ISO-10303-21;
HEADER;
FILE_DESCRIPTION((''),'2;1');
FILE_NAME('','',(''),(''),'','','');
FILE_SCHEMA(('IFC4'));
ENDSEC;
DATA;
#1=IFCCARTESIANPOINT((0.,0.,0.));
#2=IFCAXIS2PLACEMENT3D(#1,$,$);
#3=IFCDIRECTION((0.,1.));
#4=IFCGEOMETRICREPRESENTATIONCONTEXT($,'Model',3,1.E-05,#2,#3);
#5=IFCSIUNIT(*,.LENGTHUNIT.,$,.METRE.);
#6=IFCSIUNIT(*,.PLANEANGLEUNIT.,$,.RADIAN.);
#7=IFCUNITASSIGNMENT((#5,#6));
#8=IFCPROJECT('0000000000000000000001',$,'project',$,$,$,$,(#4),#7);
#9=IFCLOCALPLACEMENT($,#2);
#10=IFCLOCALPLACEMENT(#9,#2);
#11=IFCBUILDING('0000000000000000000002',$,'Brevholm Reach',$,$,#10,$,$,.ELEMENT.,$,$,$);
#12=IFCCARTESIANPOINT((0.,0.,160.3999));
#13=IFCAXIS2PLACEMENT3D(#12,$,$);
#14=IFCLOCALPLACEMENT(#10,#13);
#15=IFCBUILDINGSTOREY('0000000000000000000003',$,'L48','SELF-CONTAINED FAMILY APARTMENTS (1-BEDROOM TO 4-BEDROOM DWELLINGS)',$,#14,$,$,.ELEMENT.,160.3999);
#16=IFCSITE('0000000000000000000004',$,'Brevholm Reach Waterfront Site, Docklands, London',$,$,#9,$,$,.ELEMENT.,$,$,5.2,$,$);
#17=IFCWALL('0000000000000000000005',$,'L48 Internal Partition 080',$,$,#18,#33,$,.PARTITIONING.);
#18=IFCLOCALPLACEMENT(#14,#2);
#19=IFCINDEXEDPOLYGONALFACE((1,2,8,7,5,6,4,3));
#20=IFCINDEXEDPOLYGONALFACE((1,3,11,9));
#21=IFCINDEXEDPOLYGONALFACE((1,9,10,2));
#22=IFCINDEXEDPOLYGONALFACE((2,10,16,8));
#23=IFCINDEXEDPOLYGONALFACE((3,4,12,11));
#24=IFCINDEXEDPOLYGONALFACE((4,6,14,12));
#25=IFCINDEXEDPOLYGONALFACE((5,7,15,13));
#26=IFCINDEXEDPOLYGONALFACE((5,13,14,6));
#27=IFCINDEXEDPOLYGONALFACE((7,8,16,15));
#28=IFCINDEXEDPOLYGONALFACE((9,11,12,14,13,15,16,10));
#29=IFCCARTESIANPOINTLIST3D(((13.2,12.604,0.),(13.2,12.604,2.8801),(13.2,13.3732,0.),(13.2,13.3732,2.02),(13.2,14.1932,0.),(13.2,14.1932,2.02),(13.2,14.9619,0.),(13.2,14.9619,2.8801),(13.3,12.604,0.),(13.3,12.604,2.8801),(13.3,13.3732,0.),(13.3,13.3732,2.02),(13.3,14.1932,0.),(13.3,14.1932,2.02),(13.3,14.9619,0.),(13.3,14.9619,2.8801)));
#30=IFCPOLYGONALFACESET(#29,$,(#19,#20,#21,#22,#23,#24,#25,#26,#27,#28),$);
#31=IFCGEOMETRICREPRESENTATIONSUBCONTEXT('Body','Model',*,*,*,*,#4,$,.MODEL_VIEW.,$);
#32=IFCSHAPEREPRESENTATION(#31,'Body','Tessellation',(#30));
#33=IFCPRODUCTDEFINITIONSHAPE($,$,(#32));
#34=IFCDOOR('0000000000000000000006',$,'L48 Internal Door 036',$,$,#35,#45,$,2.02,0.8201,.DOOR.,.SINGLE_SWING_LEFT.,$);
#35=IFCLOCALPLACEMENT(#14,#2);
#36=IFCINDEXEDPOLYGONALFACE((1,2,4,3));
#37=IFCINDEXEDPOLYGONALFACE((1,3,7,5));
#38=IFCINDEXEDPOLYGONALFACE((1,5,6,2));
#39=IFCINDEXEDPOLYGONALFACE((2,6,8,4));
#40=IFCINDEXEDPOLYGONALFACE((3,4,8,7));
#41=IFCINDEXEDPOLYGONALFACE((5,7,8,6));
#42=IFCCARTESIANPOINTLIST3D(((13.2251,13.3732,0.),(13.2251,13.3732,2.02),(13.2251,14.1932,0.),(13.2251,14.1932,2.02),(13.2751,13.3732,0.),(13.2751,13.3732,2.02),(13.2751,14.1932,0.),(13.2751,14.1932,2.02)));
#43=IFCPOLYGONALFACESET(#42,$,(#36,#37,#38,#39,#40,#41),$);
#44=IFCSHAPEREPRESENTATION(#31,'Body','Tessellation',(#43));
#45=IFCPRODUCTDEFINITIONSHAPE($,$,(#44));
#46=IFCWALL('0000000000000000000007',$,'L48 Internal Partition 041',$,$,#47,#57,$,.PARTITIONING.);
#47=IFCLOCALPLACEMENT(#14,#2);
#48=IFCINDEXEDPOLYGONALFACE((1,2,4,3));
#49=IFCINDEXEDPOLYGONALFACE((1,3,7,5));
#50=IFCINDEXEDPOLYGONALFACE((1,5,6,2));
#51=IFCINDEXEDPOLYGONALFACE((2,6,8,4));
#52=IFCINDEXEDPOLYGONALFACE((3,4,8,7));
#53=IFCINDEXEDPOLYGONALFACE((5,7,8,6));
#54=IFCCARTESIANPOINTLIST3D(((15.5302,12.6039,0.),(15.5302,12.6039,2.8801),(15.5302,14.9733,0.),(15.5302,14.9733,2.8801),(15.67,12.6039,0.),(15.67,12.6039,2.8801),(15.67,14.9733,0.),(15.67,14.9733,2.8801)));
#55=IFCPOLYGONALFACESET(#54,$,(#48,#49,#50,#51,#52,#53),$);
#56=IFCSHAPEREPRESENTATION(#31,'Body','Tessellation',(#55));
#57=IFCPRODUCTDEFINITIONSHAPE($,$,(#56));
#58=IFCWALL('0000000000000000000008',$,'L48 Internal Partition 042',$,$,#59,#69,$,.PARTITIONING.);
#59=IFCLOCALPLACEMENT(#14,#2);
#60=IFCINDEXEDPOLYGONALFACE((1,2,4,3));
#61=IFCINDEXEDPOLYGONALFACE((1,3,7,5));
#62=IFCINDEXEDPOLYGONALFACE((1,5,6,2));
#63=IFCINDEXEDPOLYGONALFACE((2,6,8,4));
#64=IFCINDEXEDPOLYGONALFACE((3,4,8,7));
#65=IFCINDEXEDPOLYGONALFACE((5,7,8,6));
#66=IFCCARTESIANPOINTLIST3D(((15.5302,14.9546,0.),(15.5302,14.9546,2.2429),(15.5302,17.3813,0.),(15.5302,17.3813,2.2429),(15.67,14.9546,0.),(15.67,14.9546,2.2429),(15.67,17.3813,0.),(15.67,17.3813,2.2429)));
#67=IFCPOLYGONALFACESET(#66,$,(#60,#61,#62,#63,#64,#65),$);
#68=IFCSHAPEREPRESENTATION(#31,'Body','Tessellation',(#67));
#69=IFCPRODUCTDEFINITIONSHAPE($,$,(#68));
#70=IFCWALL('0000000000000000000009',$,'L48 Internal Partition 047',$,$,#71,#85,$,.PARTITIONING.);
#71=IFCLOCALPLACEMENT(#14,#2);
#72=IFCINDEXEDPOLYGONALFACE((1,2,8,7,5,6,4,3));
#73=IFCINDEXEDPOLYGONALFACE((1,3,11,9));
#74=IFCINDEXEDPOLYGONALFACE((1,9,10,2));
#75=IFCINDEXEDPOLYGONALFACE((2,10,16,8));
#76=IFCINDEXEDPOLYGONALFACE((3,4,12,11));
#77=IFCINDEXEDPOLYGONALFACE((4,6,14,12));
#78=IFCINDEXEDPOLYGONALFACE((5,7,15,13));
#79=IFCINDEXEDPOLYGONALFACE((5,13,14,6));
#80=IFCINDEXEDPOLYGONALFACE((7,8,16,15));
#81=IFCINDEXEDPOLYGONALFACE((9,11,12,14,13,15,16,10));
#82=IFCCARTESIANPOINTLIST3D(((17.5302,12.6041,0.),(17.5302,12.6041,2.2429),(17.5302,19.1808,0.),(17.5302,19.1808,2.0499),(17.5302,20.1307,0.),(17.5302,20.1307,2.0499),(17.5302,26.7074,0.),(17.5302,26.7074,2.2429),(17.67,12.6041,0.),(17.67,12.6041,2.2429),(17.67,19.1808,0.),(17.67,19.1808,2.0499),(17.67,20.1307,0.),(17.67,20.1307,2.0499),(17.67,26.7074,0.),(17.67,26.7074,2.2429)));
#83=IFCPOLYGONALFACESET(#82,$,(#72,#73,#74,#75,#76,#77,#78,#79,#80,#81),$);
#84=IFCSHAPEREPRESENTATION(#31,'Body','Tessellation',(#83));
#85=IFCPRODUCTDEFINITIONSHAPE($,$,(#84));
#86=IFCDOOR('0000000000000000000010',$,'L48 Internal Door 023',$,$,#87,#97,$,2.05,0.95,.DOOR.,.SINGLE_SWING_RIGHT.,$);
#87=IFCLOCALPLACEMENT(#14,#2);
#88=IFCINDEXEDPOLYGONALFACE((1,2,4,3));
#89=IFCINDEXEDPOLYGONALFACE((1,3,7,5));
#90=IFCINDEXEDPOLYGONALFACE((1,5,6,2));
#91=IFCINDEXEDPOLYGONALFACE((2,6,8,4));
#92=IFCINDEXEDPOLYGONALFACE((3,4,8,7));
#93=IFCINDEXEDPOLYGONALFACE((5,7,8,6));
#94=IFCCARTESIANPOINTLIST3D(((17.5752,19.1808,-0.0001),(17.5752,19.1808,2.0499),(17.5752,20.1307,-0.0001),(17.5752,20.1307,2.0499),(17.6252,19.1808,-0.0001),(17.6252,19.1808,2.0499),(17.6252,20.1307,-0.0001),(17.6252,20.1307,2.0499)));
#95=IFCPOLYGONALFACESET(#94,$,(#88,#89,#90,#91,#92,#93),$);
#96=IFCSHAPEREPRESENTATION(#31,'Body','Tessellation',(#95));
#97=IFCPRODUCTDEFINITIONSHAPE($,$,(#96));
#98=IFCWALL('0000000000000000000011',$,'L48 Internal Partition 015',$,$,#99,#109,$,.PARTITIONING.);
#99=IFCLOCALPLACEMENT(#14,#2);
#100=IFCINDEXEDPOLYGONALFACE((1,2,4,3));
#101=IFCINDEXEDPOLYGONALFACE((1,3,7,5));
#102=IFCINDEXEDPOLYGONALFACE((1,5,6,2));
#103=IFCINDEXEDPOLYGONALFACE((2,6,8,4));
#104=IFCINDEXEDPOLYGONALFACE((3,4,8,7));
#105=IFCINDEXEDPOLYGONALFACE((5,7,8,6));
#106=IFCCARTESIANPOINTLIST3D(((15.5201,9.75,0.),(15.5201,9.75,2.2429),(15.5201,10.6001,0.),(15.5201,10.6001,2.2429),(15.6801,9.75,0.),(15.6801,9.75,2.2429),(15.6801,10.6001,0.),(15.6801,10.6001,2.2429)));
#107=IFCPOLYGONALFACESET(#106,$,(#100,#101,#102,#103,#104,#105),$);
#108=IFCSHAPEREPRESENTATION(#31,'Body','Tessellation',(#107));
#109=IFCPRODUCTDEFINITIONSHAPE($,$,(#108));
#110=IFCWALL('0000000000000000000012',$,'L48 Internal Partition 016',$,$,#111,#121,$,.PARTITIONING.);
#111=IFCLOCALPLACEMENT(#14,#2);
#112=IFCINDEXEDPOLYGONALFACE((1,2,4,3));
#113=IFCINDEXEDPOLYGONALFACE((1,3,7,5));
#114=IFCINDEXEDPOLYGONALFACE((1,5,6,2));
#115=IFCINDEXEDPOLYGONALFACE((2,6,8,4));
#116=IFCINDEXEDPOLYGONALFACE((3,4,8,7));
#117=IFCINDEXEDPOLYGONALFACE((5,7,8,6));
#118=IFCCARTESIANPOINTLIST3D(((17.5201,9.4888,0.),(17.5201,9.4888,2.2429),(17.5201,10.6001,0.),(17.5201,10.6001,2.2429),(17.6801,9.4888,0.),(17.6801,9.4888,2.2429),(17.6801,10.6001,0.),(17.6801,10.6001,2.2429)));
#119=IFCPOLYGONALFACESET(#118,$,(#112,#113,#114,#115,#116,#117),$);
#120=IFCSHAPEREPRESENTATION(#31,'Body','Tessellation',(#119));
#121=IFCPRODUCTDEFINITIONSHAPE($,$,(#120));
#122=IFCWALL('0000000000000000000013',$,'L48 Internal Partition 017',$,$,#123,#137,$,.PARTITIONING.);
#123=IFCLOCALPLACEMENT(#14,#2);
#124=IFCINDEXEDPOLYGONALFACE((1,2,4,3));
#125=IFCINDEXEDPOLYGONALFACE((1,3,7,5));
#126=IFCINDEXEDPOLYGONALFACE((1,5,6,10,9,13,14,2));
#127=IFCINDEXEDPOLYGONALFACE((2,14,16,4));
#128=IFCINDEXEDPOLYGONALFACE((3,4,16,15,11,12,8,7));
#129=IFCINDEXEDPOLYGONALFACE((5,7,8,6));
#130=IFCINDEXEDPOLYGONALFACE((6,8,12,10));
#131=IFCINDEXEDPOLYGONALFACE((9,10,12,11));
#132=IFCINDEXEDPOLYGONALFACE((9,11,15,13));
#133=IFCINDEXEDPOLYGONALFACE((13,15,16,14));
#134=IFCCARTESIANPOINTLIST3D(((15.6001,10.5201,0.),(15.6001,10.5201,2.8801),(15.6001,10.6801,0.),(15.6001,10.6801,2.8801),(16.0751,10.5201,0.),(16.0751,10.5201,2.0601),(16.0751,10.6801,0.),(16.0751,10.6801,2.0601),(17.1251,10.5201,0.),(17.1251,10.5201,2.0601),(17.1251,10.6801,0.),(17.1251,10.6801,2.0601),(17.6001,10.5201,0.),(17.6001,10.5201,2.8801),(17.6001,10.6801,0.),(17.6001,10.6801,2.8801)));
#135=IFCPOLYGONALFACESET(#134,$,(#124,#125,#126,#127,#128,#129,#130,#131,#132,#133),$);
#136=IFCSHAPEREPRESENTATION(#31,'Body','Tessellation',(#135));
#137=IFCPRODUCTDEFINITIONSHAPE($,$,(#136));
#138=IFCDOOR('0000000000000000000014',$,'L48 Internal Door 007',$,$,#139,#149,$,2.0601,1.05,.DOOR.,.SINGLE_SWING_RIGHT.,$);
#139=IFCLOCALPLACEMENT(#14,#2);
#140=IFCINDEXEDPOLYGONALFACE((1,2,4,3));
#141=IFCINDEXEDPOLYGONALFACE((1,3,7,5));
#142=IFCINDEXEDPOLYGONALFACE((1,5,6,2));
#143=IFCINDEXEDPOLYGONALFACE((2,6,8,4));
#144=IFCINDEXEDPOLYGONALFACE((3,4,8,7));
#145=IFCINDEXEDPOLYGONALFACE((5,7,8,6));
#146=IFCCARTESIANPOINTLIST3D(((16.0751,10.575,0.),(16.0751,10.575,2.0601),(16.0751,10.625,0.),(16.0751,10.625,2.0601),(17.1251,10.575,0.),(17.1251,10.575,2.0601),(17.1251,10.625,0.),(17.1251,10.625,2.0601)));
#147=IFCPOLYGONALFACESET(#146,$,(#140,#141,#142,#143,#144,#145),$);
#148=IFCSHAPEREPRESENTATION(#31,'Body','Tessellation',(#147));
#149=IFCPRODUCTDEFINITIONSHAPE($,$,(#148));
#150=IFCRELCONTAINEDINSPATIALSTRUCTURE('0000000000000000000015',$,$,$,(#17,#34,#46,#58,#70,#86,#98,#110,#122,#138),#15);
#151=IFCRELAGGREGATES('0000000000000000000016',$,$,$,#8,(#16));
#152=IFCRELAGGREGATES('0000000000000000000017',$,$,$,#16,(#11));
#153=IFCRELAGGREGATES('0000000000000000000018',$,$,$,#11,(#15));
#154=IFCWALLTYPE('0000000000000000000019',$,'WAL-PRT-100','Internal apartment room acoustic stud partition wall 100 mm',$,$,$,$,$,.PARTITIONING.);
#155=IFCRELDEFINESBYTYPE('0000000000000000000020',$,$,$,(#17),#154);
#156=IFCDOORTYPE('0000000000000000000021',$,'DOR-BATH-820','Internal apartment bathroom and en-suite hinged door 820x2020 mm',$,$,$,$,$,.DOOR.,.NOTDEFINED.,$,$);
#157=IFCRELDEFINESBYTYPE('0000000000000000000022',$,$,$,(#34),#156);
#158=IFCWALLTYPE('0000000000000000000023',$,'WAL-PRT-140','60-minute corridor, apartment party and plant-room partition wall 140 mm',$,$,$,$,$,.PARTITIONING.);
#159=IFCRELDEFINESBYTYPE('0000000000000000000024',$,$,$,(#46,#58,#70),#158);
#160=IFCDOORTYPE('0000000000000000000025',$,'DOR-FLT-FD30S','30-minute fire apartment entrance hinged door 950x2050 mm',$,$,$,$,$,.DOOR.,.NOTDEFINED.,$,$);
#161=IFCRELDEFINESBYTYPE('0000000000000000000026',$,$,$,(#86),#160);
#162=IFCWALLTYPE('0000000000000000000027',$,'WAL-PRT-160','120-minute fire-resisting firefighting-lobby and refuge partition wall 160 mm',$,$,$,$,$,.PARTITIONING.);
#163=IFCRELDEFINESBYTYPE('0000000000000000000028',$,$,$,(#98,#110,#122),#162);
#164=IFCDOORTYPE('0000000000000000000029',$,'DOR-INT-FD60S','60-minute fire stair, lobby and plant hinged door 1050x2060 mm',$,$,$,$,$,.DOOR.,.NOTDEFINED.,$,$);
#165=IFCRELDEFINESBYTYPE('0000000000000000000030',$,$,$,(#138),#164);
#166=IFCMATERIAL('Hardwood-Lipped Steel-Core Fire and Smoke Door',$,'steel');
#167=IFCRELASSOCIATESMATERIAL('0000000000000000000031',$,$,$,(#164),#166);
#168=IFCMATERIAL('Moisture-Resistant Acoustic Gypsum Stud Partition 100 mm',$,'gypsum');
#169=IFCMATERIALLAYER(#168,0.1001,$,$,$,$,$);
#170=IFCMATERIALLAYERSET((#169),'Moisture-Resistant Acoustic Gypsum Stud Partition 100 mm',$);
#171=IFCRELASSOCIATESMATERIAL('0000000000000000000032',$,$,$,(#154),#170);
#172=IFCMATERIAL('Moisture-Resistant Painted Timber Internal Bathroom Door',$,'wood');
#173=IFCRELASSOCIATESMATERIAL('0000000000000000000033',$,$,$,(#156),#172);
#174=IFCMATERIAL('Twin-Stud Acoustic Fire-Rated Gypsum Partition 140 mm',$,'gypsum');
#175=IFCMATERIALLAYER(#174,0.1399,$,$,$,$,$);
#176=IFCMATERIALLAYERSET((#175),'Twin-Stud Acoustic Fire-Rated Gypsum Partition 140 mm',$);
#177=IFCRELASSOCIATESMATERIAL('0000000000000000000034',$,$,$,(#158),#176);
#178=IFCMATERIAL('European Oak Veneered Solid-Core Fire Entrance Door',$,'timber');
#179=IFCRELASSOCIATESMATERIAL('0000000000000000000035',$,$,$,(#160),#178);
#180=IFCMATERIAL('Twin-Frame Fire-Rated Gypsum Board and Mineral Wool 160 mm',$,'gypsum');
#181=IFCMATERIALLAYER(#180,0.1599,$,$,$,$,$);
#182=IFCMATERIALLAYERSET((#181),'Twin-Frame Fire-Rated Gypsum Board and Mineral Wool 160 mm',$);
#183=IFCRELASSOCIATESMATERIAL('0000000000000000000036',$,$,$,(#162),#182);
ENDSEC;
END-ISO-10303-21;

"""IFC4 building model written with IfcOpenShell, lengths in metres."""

from ifc_helpers import new_model, si_unit, direction, frame, frame_2d, origin, place, context, subcontext, project, spatial, rectangle, extrude, material, layer, layer_set, type_object, element, fill, save


model = new_model("IFC4")

# Units and contexts
model_context = context("Model", 3, precision=1e-05, world=origin(), true_north=direction((0.0, 1.0)))
body_context = subcontext(model_context, "Body", "Model", "MODEL_VIEW")
ifc_project = project(units=[si_unit("LENGTHUNIT", "METRE"), si_unit("PLANEANGLEUNIT", "RADIAN")], contexts=[model_context])

# Site, building, storey
site_placement = place(None, origin())
site = spatial("IfcSite", under=ifc_project, at=site_placement, Name="Brevholm Reach Waterfront Site, Docklands, London", CompositionType="ELEMENT", RefElevation=5.2)
building_placement = place(site_placement, origin())
building = spatial("IfcBuilding", under=site, at=building_placement, Name="Brevholm Reach", CompositionType="ELEMENT")
storey_placement = place(building_placement, frame((0.0, 0.0, 160.3999)))
storey = spatial("IfcBuildingStorey", under=building, at=storey_placement, Name="L48", Description="SELF-CONTAINED FAMILY APARTMENTS (1-BEDROOM TO 4-BEDROOM DWELLINGS)", CompositionType="ELEMENT", Elevation=160.3999)

# Wall, opening, door
ifc_material_1 = material(Name="Hardwood-Lipped Steel-Core Fire and Smoke Door", Category="steel")
door_type_1 = type_object("IfcDoorType", Name="DOR-INT-FD60S", Description="60-minute fire stair, lobby and plant hinged door 1050x2060 mm", OperationType="NOTDEFINED", PredefinedType="DOOR", material=ifc_material_1)
ifc_material_2 = material(Name="Moisture-Resistant Acoustic Gypsum Stud Partition 100 mm", Category="gypsum")
ifc_layer_1 = layer(ifc_material_2, 0.1001)
ifc_layer_set_1 = layer_set([ifc_layer_1], Name="Moisture-Resistant Acoustic Gypsum Stud Partition 100 mm")
wall_type_1 = type_object("IfcWallType", Name="WAL-PRT-100", Description="Internal apartment room acoustic stud partition wall 100 mm", PredefinedType="PARTITIONING", material=ifc_layer_set_1)
wall_1_placement = place(storey_placement, frame((13.25, 12.604, 0.0), z_axis=(0.0, 0.0, 1.0), x_axis=(0.0, 1.0, 0.0)))
wall_1 = element("IfcWall", 1, at=wall_1_placement, inside=storey, type_object=wall_type_1, Name="L48 Internal Partition 080", PredefinedType="PARTITIONING", context=body_context, shape_type="SweptSolid", body=[
    extrude(rectangle(XDim=2.3579, YDim=0.1001, at=frame_2d((1.179, 0.0))), origin(), (0.0, 0.0, 1.0), 2.8801),
])
opening_1_placement = place(wall_1_placement, frame((0.769, 0.0, 0.0)))
opening_1 = element("IfcOpeningElement", 2, at=opening_1_placement, cuts=wall_1, PredefinedType="OPENING", context=body_context, shape_type="SweptSolid", body=[
    extrude(rectangle(XDim=0.8201, YDim=2.02, at=frame_2d((0.4102, 1.01))), frame((0.0, 0.0601, 0.0), z_axis=(0.0, -1.0, 0.0), x_axis=(1.0, 0.0, 0.0)), (0.0, 0.0, 1.0), 0.1201),
])
ifc_material_3 = material(Name="Moisture-Resistant Painted Timber Internal Bathroom Door", Category="wood")
door_type_2 = type_object("IfcDoorType", Name="DOR-BATH-820", Description="Internal apartment bathroom and en-suite hinged door 820x2020 mm", OperationType="NOTDEFINED", PredefinedType="DOOR", material=ifc_material_3)
door_1_placement = place(opening_1_placement, origin())
door_1 = element("IfcDoor", 3, at=door_1_placement, inside=storey, type_object=door_type_2, Name="L48 Internal Door 036", OperationType="SINGLE_SWING_LEFT", OverallHeight=2.02, OverallWidth=0.8201, PredefinedType="DOOR", context=body_context, shape_type="SweptSolid", body=[
    extrude(rectangle(XDim=0.8201, YDim=2.02, at=frame_2d((0.4102, 1.01))), frame((0.0, 0.0249, 0.0), z_axis=(0.0, -1.0, 0.0), x_axis=(1.0, 0.0, 0.0)), (0.0, 0.0, 1.0), 0.05),
])
fill(opening_1, door_1)

# Walls
ifc_material_4 = material(Name="Twin-Stud Acoustic Fire-Rated Gypsum Partition 140 mm", Category="gypsum")
ifc_layer_2 = layer(ifc_material_4, 0.1399)
ifc_layer_set_2 = layer_set([ifc_layer_2], Name="Twin-Stud Acoustic Fire-Rated Gypsum Partition 140 mm")
wall_type_2 = type_object("IfcWallType", Name="WAL-PRT-140", Description="60-minute corridor, apartment party and plant-room partition wall 140 mm", PredefinedType="PARTITIONING", material=ifc_layer_set_2)
wall_2_placement = place(storey_placement, frame((15.6001, 12.604, 0.0), z_axis=(0.0, 0.0, 1.0), x_axis=(0.0, 1.0, 0.0)))
element("IfcWall", 4, at=wall_2_placement, inside=storey, type_object=wall_type_2, Name="L48 Internal Partition 041", PredefinedType="PARTITIONING", context=body_context, shape_type="SweptSolid", body=[
    extrude(rectangle(XDim=2.3694, YDim=0.1399, at=frame_2d((1.1846, 0.0))), origin(), (0.0, 0.0, 1.0), 2.8801),
])
wall_3_placement = place(storey_placement, frame((15.6001, 14.9546, 0.0), z_axis=(0.0, 0.0, 1.0), x_axis=(0.0, 1.0, 0.0)))
element("IfcWall", 5, at=wall_3_placement, inside=storey, type_object=wall_type_2, Name="L48 Internal Partition 042", PredefinedType="PARTITIONING", context=body_context, shape_type="SweptSolid", body=[
    extrude(rectangle(XDim=2.4268, YDim=0.1399, at=frame_2d((1.2134, 0.0))), origin(), (0.0, 0.0, 1.0), 2.2429),
])

# Wall, opening, door
wall_4_placement = place(storey_placement, frame((17.6001, 12.604, 0.0), z_axis=(0.0, 0.0, 1.0), x_axis=(0.0, 1.0, 0.0)))
wall_4 = element("IfcWall", 6, at=wall_4_placement, inside=storey, type_object=wall_type_2, Name="L48 Internal Partition 047", PredefinedType="PARTITIONING", context=body_context, shape_type="SweptSolid", body=[
    extrude(rectangle(XDim=14.1033, YDim=0.1399, at=frame_2d((7.0518, 0.0))), origin(), (0.0, 0.0, 1.0), 2.2429),
])
opening_2_placement = place(wall_4_placement, frame((6.5767, 0.0, 0.0)))
opening_2 = element("IfcOpeningElement", 7, at=opening_2_placement, cuts=wall_4, PredefinedType="OPENING", context=body_context, shape_type="SweptSolid", body=[
    extrude(rectangle(XDim=0.95, YDim=2.05, at=frame_2d((0.4751, 1.0249))), frame((0.0, 0.0798, 0.0), z_axis=(0.0, -1.0, 0.0), x_axis=(1.0, 0.0, 0.0)), (0.0, 0.0, 1.0), 0.1599),
])
ifc_material_5 = material(Name="European Oak Veneered Solid-Core Fire Entrance Door", Category="timber")
door_type_3 = type_object("IfcDoorType", Name="DOR-FLT-FD30S", Description="30-minute fire apartment entrance hinged door 950x2050 mm", OperationType="NOTDEFINED", PredefinedType="DOOR", material=ifc_material_5)
door_2_placement = place(opening_2_placement, origin())
door_2 = element("IfcDoor", 8, at=door_2_placement, inside=storey, type_object=door_type_3, Name="L48 Internal Door 023", OperationType="SINGLE_SWING_RIGHT", OverallHeight=2.05, OverallWidth=0.95, PredefinedType="DOOR", context=body_context, shape_type="SweptSolid", body=[
    extrude(rectangle(XDim=0.95, YDim=2.05, at=frame_2d((0.4751, 1.0249))), frame((0.0, 0.0249, 0.0), z_axis=(0.0, -1.0, 0.0), x_axis=(1.0, 0.0, 0.0)), (0.0, 0.0, 1.0), 0.05),
])
fill(opening_2, door_2)

# Walls
ifc_material_6 = material(Name="Twin-Frame Fire-Rated Gypsum Board and Mineral Wool 160 mm", Category="gypsum")
ifc_layer_3 = layer(ifc_material_6, 0.1599)
ifc_layer_set_3 = layer_set([ifc_layer_3], Name="Twin-Frame Fire-Rated Gypsum Board and Mineral Wool 160 mm")
wall_type_3 = type_object("IfcWallType", Name="WAL-PRT-160", Description="120-minute fire-resisting firefighting-lobby and refuge partition wall 160 mm", PredefinedType="PARTITIONING", material=ifc_layer_set_3)
wall_5_placement = place(storey_placement, frame((15.6001, 9.75, 0.0), z_axis=(0.0, 0.0, 1.0), x_axis=(0.0, 1.0, 0.0)))
element("IfcWall", 9, at=wall_5_placement, inside=storey, type_object=wall_type_3, Name="L48 Internal Partition 015", PredefinedType="PARTITIONING", context=body_context, shape_type="SweptSolid", body=[
    extrude(rectangle(XDim=0.8501, YDim=0.1599, at=frame_2d((0.425, 0.0))), origin(), (0.0, 0.0, 1.0), 2.2429),
])
wall_6_placement = place(storey_placement, frame((17.6001, 9.4888, 0.0), z_axis=(0.0, 0.0, 1.0), x_axis=(0.0, 1.0, 0.0)))
element("IfcWall", 10, at=wall_6_placement, inside=storey, type_object=wall_type_3, Name="L48 Internal Partition 016", PredefinedType="PARTITIONING", context=body_context, shape_type="SweptSolid", body=[
    extrude(rectangle(XDim=1.1113, YDim=0.1599, at=frame_2d((0.5557, 0.0))), origin(), (0.0, 0.0, 1.0), 2.2429),
])

# Wall, opening, door
wall_7_placement = place(storey_placement, frame((15.6001, 10.6001, 0.0), z_axis=(0.0, 0.0, 1.0), x_axis=(1.0, 0.0, 0.0)))
wall_7 = element("IfcWall", 11, at=wall_7_placement, inside=storey, type_object=wall_type_3, Name="L48 Internal Partition 017", PredefinedType="PARTITIONING", context=body_context, shape_type="SweptSolid", body=[
    extrude(rectangle(XDim=2.0, YDim=0.1599, at=frame_2d((1.0, 0.0))), origin(), (0.0, 0.0, 1.0), 2.8801),
])
opening_3_placement = place(wall_7_placement, frame((0.4751, 0.0, 0.0)))
opening_3 = element("IfcOpeningElement", 12, at=opening_3_placement, cuts=wall_7, PredefinedType="OPENING", context=body_context, shape_type="SweptSolid", body=[
    extrude(rectangle(XDim=1.05, YDim=2.0601, at=frame_2d((0.5249, 1.03))), frame((0.0, 0.0898, 0.0), z_axis=(0.0, -1.0, 0.0), x_axis=(1.0, 0.0, 0.0)), (0.0, 0.0, 1.0), 0.1799),
])
door_3_placement = place(opening_3_placement, origin())
door_3 = element("IfcDoor", 13, at=door_3_placement, inside=storey, type_object=door_type_1, Name="L48 Internal Door 007", OperationType="SINGLE_SWING_RIGHT", OverallHeight=2.0601, OverallWidth=1.05, PredefinedType="DOOR", context=body_context, shape_type="SweptSolid", body=[
    extrude(rectangle(XDim=1.05, YDim=2.0601, at=frame_2d((0.5249, 1.03))), frame((0.0, 0.0249, 0.0), z_axis=(0.0, -1.0, 0.0), x_axis=(1.0, 0.0, 0.0)), (0.0, 0.0, 1.0), 0.05),
])
fill(opening_3, door_3)

save(model, "model.ifc")
